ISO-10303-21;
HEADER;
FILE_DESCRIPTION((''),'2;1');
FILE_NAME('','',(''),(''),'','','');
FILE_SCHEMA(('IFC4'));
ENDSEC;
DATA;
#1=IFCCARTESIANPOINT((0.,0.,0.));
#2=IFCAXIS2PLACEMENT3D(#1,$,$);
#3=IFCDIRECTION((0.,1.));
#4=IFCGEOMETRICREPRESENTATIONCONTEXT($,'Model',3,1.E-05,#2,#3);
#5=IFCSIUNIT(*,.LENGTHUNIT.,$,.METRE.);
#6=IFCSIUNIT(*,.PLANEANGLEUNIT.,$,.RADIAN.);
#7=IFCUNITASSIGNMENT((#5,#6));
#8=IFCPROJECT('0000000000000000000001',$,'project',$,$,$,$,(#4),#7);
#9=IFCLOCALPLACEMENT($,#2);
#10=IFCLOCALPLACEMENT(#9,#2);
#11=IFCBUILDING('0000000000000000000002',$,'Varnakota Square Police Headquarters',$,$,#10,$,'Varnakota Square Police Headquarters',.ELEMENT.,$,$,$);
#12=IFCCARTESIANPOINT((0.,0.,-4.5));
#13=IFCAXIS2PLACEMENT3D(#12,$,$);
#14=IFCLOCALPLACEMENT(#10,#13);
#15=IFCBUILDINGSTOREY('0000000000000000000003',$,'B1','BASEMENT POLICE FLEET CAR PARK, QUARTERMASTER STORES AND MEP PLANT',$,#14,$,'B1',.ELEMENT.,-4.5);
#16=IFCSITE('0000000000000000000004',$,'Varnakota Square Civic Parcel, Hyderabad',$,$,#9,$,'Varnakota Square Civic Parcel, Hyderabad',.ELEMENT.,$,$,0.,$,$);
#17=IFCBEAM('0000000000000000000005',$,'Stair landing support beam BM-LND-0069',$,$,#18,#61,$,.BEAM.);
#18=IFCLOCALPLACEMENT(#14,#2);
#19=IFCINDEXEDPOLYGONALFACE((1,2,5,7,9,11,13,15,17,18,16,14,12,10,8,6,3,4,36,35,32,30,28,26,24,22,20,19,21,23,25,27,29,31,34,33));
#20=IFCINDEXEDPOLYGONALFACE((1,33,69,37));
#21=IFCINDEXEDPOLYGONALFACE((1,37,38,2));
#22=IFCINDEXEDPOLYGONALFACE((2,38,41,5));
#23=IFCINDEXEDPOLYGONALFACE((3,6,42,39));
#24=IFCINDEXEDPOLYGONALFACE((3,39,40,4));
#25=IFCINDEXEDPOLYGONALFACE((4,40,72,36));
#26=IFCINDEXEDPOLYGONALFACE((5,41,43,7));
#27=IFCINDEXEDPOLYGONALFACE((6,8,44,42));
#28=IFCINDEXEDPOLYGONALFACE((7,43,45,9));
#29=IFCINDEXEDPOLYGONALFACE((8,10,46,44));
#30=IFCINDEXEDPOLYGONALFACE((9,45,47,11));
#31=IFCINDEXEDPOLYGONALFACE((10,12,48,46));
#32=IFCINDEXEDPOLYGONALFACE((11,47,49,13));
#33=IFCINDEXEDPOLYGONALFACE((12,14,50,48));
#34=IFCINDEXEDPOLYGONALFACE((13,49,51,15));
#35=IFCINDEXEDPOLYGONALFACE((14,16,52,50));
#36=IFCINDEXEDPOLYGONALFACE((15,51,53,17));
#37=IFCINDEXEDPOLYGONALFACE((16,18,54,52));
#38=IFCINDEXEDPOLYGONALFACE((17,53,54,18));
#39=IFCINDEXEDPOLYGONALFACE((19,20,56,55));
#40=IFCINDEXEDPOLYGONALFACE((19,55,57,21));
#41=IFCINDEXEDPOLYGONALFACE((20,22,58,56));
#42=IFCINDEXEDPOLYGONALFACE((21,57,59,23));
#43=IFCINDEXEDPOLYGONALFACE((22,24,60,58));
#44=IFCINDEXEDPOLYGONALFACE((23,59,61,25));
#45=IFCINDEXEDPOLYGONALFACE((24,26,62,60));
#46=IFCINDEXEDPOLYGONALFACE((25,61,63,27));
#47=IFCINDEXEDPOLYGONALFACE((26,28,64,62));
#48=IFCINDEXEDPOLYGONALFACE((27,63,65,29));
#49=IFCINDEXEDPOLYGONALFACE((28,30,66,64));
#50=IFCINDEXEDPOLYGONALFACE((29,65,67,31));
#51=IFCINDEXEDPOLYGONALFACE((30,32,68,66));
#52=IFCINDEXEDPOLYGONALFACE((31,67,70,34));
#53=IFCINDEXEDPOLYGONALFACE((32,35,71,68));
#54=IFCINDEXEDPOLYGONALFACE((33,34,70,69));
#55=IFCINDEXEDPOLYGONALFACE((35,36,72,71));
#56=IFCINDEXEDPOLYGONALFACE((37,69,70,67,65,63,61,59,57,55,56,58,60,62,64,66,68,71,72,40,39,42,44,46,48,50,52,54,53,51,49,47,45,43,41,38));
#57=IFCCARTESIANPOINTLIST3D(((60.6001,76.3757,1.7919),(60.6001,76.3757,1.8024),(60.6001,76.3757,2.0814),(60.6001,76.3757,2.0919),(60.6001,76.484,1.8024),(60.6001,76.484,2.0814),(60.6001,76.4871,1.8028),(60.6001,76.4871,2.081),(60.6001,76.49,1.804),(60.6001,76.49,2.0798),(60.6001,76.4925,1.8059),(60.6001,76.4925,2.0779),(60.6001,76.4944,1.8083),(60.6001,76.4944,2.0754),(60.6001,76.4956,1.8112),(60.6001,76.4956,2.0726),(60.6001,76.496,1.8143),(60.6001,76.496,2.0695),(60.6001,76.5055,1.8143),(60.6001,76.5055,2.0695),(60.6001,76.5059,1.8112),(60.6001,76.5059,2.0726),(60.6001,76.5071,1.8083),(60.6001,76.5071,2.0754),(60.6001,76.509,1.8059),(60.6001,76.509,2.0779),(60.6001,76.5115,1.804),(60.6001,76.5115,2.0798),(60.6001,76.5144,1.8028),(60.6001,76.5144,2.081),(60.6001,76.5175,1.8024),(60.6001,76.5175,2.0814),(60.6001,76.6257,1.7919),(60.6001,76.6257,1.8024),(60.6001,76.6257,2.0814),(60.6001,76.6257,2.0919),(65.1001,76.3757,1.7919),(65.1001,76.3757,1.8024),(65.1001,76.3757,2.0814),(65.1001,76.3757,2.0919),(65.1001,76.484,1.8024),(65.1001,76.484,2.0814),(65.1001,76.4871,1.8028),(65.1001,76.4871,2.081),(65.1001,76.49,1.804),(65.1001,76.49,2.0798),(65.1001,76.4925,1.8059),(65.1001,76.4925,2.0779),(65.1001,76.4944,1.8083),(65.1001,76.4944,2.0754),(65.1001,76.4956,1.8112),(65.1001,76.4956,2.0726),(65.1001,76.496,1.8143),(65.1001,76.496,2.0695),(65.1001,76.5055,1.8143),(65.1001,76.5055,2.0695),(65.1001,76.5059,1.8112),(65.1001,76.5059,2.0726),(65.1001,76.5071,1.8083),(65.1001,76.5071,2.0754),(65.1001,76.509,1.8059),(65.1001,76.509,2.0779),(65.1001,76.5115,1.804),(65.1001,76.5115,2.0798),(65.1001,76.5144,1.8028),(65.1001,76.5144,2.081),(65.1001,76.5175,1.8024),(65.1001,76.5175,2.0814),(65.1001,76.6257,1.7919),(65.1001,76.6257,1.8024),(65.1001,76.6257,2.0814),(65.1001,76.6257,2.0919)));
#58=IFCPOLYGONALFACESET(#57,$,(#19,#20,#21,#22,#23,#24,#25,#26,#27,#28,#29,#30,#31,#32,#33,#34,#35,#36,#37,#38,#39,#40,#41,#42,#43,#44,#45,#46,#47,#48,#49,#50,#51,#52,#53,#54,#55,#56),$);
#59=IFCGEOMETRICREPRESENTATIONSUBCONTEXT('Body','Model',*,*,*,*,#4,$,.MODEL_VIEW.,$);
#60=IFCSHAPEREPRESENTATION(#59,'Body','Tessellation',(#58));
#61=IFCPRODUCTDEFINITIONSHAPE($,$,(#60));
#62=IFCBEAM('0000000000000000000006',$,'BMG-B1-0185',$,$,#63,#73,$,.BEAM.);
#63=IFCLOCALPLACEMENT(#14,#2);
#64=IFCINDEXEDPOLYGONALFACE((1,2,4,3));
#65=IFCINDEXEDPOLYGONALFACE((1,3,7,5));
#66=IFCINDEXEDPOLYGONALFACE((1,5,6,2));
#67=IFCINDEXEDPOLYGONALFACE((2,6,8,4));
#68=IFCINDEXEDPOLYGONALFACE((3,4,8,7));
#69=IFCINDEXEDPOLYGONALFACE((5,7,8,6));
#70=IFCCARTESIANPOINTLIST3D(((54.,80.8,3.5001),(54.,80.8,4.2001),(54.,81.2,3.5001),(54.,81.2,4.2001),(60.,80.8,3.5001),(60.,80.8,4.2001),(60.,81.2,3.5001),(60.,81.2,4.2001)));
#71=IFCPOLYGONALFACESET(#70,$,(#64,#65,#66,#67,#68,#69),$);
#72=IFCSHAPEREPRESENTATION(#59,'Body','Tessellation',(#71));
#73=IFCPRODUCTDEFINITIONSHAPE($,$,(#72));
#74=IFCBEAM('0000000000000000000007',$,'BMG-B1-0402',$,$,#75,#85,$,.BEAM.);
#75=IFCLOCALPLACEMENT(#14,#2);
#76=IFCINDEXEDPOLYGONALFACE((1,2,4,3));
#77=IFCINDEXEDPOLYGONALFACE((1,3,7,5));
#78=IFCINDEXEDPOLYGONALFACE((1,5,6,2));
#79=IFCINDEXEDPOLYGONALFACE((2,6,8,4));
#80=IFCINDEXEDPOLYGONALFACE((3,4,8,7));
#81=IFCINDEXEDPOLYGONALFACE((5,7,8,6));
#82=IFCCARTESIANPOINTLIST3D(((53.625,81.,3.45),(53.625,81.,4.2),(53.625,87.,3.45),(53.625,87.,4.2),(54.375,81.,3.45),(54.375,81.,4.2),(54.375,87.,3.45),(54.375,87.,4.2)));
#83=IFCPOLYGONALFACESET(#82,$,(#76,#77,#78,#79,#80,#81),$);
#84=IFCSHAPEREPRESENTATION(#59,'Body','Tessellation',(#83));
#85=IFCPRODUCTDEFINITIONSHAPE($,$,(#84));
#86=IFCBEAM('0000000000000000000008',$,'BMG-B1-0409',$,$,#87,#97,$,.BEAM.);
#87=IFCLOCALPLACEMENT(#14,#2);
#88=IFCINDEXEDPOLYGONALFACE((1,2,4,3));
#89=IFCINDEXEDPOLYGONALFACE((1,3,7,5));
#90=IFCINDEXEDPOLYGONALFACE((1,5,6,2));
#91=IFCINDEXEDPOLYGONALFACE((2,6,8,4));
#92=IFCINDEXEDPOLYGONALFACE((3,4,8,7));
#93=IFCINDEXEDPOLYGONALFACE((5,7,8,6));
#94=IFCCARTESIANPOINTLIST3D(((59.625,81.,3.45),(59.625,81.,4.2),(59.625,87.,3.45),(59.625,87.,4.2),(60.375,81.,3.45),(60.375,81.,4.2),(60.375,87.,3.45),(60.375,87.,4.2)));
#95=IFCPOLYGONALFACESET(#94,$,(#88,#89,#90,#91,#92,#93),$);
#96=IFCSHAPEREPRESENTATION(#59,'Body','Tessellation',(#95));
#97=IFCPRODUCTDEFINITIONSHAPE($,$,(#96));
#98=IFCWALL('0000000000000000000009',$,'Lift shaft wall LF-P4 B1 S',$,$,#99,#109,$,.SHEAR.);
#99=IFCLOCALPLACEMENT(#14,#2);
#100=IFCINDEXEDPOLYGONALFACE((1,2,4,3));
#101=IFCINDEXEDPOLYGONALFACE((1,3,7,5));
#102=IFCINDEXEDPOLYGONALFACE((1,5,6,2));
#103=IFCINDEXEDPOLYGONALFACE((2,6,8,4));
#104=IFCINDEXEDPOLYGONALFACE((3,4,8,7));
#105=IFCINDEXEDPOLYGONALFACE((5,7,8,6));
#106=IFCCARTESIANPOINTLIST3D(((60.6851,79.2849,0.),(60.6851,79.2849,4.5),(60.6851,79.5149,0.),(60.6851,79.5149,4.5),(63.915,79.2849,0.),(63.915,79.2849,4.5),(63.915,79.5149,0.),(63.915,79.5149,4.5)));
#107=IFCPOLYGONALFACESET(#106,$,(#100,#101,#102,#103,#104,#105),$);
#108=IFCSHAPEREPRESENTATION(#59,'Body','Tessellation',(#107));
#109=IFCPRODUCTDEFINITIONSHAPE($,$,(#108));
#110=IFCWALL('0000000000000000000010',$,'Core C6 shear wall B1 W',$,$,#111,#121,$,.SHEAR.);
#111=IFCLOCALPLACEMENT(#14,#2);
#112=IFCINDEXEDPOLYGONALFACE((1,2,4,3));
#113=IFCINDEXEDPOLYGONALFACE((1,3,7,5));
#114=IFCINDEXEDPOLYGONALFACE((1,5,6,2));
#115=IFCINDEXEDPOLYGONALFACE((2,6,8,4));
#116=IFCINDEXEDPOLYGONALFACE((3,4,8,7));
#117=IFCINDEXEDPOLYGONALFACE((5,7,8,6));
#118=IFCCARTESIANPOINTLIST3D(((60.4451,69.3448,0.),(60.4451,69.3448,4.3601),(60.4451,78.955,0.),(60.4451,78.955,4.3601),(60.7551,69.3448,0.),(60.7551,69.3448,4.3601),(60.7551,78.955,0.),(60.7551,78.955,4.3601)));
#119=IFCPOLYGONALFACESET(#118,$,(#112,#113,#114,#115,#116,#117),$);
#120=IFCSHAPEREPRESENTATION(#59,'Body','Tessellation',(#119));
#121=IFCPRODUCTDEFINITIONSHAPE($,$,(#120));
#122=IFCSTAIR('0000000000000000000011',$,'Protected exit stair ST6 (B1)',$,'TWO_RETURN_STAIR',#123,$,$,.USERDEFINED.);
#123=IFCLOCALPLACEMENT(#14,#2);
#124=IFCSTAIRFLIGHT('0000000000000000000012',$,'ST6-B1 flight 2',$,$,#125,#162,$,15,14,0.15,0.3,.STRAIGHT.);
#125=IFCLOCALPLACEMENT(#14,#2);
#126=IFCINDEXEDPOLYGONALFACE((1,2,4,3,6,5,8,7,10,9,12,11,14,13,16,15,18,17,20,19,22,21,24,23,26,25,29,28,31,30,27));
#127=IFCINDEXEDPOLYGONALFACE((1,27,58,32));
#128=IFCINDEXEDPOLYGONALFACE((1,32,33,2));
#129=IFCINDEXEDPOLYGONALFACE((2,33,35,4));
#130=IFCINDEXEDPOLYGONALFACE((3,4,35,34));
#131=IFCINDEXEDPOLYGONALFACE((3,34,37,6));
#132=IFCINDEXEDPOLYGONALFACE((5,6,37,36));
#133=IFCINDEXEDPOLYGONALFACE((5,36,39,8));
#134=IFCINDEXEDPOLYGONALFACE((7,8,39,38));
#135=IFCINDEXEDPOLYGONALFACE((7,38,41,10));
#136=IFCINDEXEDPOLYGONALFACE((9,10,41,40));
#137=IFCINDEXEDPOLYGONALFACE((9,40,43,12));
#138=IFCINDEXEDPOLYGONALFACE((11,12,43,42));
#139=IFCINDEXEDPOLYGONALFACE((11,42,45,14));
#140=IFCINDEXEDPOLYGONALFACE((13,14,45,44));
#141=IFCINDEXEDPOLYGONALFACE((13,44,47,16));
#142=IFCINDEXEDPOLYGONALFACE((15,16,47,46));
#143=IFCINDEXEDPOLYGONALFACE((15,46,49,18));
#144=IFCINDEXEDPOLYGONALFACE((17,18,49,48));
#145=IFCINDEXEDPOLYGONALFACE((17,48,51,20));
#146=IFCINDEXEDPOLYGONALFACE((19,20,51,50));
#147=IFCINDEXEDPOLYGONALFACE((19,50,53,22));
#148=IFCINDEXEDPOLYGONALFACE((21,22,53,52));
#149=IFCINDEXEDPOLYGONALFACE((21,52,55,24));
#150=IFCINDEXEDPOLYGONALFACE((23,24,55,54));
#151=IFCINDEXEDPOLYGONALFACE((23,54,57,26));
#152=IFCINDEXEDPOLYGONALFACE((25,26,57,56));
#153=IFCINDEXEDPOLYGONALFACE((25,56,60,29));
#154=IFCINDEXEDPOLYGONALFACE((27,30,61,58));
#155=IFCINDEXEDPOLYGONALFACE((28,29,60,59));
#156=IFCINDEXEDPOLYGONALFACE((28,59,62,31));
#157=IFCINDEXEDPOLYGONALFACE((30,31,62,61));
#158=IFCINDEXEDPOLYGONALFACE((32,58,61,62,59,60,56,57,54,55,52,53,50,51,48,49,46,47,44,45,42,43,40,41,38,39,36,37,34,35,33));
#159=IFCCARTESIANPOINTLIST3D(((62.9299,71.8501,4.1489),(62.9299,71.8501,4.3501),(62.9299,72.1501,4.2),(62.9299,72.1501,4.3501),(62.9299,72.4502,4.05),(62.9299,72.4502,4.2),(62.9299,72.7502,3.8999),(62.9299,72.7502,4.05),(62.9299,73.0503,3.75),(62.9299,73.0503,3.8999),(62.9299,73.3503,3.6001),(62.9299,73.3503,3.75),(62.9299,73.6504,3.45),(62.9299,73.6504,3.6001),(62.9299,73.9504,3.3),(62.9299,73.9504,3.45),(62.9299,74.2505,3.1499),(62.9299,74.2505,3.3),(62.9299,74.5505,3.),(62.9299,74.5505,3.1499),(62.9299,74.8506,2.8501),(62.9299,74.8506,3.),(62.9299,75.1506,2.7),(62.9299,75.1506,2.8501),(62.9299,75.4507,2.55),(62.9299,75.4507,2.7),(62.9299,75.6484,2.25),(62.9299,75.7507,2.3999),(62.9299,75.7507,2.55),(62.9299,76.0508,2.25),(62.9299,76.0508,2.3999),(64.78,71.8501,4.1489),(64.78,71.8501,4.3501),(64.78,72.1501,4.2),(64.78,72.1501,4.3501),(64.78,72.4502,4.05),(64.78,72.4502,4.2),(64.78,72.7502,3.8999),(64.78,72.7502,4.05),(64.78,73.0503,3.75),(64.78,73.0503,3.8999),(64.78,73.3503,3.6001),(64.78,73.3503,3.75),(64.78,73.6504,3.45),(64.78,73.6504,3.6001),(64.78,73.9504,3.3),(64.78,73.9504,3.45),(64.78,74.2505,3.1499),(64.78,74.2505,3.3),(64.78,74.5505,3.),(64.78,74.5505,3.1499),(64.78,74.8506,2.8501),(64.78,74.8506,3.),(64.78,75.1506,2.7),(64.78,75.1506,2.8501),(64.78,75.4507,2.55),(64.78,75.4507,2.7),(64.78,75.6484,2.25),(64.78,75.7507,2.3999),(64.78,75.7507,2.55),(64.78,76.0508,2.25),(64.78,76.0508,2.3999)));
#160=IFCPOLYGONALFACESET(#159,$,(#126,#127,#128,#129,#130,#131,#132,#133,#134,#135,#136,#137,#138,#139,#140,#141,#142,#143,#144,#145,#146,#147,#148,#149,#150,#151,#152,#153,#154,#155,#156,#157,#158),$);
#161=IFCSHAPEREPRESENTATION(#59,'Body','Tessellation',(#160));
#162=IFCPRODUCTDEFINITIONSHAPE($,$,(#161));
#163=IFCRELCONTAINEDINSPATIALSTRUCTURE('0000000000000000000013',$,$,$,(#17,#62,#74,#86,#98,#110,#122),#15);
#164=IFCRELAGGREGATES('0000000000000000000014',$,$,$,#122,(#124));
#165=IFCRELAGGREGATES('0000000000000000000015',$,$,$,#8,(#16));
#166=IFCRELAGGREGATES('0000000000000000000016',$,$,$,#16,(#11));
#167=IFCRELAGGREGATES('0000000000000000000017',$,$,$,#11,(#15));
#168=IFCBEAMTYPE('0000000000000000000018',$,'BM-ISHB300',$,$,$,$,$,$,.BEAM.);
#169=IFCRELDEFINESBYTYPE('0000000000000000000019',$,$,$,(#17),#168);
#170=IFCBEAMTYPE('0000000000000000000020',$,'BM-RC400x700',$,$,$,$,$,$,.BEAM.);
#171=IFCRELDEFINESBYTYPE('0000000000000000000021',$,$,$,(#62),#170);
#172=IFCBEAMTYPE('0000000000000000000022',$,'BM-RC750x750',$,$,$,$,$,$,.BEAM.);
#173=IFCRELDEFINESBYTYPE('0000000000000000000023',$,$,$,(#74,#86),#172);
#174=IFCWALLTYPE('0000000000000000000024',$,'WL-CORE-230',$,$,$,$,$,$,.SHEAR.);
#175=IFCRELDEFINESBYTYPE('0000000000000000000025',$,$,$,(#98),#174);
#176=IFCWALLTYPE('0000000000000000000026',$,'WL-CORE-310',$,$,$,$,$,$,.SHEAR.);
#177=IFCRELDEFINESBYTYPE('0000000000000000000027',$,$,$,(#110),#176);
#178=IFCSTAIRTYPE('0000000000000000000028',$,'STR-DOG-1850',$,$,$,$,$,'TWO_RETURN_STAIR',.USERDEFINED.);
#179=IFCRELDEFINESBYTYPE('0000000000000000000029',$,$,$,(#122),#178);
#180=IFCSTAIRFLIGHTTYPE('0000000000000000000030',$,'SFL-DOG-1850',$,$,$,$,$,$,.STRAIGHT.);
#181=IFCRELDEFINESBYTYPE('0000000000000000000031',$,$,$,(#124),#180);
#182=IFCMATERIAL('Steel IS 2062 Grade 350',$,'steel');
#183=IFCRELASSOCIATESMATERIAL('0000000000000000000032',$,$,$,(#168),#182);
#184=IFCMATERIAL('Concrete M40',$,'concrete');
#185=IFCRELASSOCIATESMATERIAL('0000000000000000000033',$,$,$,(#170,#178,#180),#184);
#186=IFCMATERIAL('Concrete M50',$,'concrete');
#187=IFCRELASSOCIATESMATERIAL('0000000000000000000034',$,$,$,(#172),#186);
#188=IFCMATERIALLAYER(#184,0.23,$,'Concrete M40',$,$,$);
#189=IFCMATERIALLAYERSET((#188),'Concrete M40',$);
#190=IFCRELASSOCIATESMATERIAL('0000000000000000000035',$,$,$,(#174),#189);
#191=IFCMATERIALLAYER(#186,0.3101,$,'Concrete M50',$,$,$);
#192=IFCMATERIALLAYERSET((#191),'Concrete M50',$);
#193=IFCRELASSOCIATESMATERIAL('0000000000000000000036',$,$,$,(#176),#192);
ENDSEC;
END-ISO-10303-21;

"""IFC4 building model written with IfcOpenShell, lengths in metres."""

from ifc_helpers import new_model, si_unit, direction, frame, frame_2d, origin, origin_2d, place, context, subcontext, project, spatial, polyline, rectangle, i_section, outline, extrude, material, layer, layer_set, material_profile, profile_set, type_object, element, aggregate, save


model = new_model("IFC4")

# Units and contexts
model_context = context("Model", 3, precision=1e-05, world=origin(), true_north=direction((0.0, 1.0)))
body_context = subcontext(model_context, "Body", "Model", "MODEL_VIEW")
ifc_project = project(units=[si_unit("LENGTHUNIT", "METRE"), si_unit("PLANEANGLEUNIT", "RADIAN")], contexts=[model_context])

# Site, building, storey
site_placement = place(None, origin())
site = spatial("IfcSite", under=ifc_project, at=site_placement, Name="Varnakota Square Civic Parcel, Hyderabad", LongName="Varnakota Square Civic Parcel, Hyderabad", CompositionType="ELEMENT", RefElevation=0.0)
building_placement = place(site_placement, origin())
building = spatial("IfcBuilding", under=site, at=building_placement, Name="Varnakota Square Police Headquarters", LongName="Varnakota Square Police Headquarters", CompositionType="ELEMENT")
storey_placement = place(building_placement, frame((0.0, 0.0, -4.5)))
storey = spatial("IfcBuildingStorey", under=building, at=storey_placement, Name="B1", Description="BASEMENT POLICE FLEET CAR PARK, QUARTERMASTER STORES AND MEP PLANT", LongName="B1", CompositionType="ELEMENT", Elevation=-4.5)

# Shared definitions
ifc_material_1 = material(Name="Concrete M40", Category="concrete")
ifc_material_2 = material(Name="Concrete M50", Category="concrete")

# Beams
ifc_material_3 = material(Name="Steel IS 2062 Grade 350", Category="steel")
ifc_material_profile_1 = material_profile(ifc_material_3, i_section(OverallWidth=0.25, OverallDepth=0.3, WebThickness=0.0095, FlangeThickness=0.0105, FilletRadius=0.012, at=origin_2d()), Name="ISHB 300")
ifc_profile_set_1 = profile_set([ifc_material_profile_1], Name="Steel IS 2062 Grade 350")
beam_type_1 = type_object("IfcBeamType", Name="BM-ISHB300", PredefinedType="BEAM", material=ifc_profile_set_1)
beam_1_placement = place(storey_placement, frame((60.6001, 76.5007, 1.9419), z_axis=(1.0, 0.0, 0.0), x_axis=(0.0, 1.0, 0.0)))
element("IfcBeam", 1, at=beam_1_placement, inside=storey, type_object=beam_type_1, Name="Stair landing support beam BM-LND-0069", PredefinedType="BEAM", context=body_context, shape_type="SweptSolid", body=[
    extrude(i_section(OverallWidth=0.25, OverallDepth=0.3, WebThickness=0.0095, FlangeThickness=0.0105, FilletRadius=0.012, at=origin_2d()), origin(), (0.0, 0.0, 1.0), 4.5),
])
ifc_material_profile_2 = material_profile(ifc_material_1, rectangle(XDim=0.3999, YDim=0.7, at=origin_2d()), Name="RC 400x700")
ifc_profile_set_2 = profile_set([ifc_material_profile_2], Name="Concrete M40")
beam_type_2 = type_object("IfcBeamType", Name="BM-RC400x700", PredefinedType="BEAM", material=ifc_profile_set_2)
beam_2_placement = place(storey_placement, frame((54.0, 81.0, 3.8501), z_axis=(1.0, 0.0, 0.0), x_axis=(0.0, 1.0, 0.0)))
element("IfcBeam", 2, at=beam_2_placement, inside=storey, type_object=beam_type_2, Name="BMG-B1-0185", PredefinedType="BEAM", context=body_context, shape_type="SweptSolid", body=[
    extrude(rectangle(XDim=0.3999, YDim=0.7, at=origin_2d()), origin(), (0.0, 0.0, 1.0), 6.0),
])
ifc_material_profile_3 = material_profile(ifc_material_2, rectangle(XDim=0.75, YDim=0.75, at=origin_2d()), Name="RC 750x750")
ifc_profile_set_3 = profile_set([ifc_material_profile_3], Name="Concrete M50")
beam_type_3 = type_object("IfcBeamType", Name="BM-RC750x750", PredefinedType="BEAM", material=ifc_profile_set_3)
for number, where, z_axis, x_axis, name in (
    (3, (54.0, 81.0, 3.825), (0.0, 1.0, 0.0), (-1.0, 0.0, 0.0), "BMG-B1-0402"),
    (4, (60.0, 81.0, 3.825), (0.0, 1.0, 0.0), (-1.0, 0.0, 0.0), "BMG-B1-0409"),
):
    element("IfcBeam", number, at=place(storey_placement, frame(where, z_axis=z_axis, x_axis=x_axis)), inside=storey, type_object=beam_type_3, Name=name, PredefinedType="BEAM", context=body_context, shape_type="SweptSolid", body=[
        extrude(rectangle(XDim=0.75, YDim=0.75, at=origin_2d()), origin(), (0.0, 0.0, 1.0), 6.0),
    ])

# Wall
ifc_layer_1 = layer(ifc_material_1, 0.23, Name="Concrete M40")
ifc_layer_set_1 = layer_set([ifc_layer_1], Name="Concrete M40")
wall_type_1 = type_object("IfcWallType", Name="WL-CORE-230", PredefinedType="SHEAR", material=ifc_layer_set_1)
wall_1_placement = place(storey_placement, frame((60.6851, 79.3999, 0.0), z_axis=(0.0, 0.0, 1.0), x_axis=(1.0, 0.0, 0.0)))
element("IfcWall", 5, at=wall_1_placement, inside=storey, type_object=wall_type_1, Name="Lift shaft wall LF-P4 B1 S", PredefinedType="SHEAR", context=body_context, shape_type="SweptSolid", body=[
    extrude(rectangle(XDim=3.23, YDim=0.23, at=frame_2d((1.615, 0.0))), origin(), (0.0, 0.0, 1.0), 4.5),
])

# Wall
ifc_layer_2 = layer(ifc_material_2, 0.3101, Name="Concrete M50")
ifc_layer_set_2 = layer_set([ifc_layer_2], Name="Concrete M50")
wall_type_2 = type_object("IfcWallType", Name="WL-CORE-310", PredefinedType="SHEAR", material=ifc_layer_set_2)
wall_2_placement = place(storey_placement, frame((60.6001, 78.9551, 0.0), z_axis=(0.0, 0.0, 1.0), x_axis=(0.0, -1.0, 0.0)))
element("IfcWall", 6, at=wall_2_placement, inside=storey, type_object=wall_type_2, Name="Core C6 shear wall B1 W", PredefinedType="SHEAR", context=body_context, shape_type="SweptSolid", body=[
    extrude(rectangle(XDim=9.6101, YDim=0.3101, at=frame_2d((4.8052, 0.0))), origin(), (0.0, 0.0, 1.0), 4.3601),
])

# Stair, stair flight
stair_type = type_object("IfcStairType", Name="STR-DOG-1850", ElementType="TWO_RETURN_STAIR", PredefinedType="USERDEFINED", material=ifc_material_1)
stair_placement = place(storey_placement, origin())
stair = element("IfcStair", 7, at=stair_placement, inside=storey, type_object=stair_type, Name="Protected exit stair ST6 (B1)", ObjectType="TWO_RETURN_STAIR", PredefinedType="USERDEFINED")
stair_flight_type = type_object("IfcStairFlightType", Name="SFL-DOG-1850", PredefinedType="STRAIGHT", material=ifc_material_1)
stair_flight_placement = place(storey_placement, frame((63.855, 76.0508, 2.25), z_axis=(0.0, 0.0, 1.0), x_axis=(0.0, -1.0, 0.0)))
stair_flight = element("IfcStairFlight", 8, at=stair_flight_placement, type_object=stair_flight_type, Name="ST6-B1 flight 2", NumberOfRisers=15, NumberOfTreads=14, PredefinedType="STRAIGHT", RiserHeight=0.15, TreadLength=0.3, context=body_context, shape_type="SweptSolid", body=[
    extrude(outline(polyline([(0.0, 0.0), (0.0, 0.1499), (0.3, 0.1499), (0.3, 0.3), (0.6001, 0.3), (0.6001, 0.45), (0.9001, 0.45), (0.9001, 0.6001), (1.2002, 0.6001), (1.2002, 0.75), (1.5002, 0.75), (1.5002, 0.8999), (1.8003, 0.8999), (1.8003, 1.05), (2.1003, 1.05), (2.1003, 1.2), (2.4004, 1.2), (2.4004, 1.3501), (2.7004, 1.3501), (2.7004, 1.5), (3.0005, 1.5), (3.0005, 1.6499), (3.3005, 1.6499), (3.3005, 1.8), (3.6006, 1.8), (3.6006, 1.95), (3.9006, 1.95), (3.9006, 2.1001), (4.2007, 2.1001), (4.2007, 2.25), (4.2007, 1.8989), (0.4023, 0.0), (0.0, 0.0)])), frame((0.0, 0.925, 0.0), z_axis=(0.0, -1.0, 0.0), x_axis=(1.0, 0.0, 0.0)), (0.0, 0.0, 1.0), 1.8501),
])
aggregate(stair, [stair_flight])

save(model, "model.ifc")
